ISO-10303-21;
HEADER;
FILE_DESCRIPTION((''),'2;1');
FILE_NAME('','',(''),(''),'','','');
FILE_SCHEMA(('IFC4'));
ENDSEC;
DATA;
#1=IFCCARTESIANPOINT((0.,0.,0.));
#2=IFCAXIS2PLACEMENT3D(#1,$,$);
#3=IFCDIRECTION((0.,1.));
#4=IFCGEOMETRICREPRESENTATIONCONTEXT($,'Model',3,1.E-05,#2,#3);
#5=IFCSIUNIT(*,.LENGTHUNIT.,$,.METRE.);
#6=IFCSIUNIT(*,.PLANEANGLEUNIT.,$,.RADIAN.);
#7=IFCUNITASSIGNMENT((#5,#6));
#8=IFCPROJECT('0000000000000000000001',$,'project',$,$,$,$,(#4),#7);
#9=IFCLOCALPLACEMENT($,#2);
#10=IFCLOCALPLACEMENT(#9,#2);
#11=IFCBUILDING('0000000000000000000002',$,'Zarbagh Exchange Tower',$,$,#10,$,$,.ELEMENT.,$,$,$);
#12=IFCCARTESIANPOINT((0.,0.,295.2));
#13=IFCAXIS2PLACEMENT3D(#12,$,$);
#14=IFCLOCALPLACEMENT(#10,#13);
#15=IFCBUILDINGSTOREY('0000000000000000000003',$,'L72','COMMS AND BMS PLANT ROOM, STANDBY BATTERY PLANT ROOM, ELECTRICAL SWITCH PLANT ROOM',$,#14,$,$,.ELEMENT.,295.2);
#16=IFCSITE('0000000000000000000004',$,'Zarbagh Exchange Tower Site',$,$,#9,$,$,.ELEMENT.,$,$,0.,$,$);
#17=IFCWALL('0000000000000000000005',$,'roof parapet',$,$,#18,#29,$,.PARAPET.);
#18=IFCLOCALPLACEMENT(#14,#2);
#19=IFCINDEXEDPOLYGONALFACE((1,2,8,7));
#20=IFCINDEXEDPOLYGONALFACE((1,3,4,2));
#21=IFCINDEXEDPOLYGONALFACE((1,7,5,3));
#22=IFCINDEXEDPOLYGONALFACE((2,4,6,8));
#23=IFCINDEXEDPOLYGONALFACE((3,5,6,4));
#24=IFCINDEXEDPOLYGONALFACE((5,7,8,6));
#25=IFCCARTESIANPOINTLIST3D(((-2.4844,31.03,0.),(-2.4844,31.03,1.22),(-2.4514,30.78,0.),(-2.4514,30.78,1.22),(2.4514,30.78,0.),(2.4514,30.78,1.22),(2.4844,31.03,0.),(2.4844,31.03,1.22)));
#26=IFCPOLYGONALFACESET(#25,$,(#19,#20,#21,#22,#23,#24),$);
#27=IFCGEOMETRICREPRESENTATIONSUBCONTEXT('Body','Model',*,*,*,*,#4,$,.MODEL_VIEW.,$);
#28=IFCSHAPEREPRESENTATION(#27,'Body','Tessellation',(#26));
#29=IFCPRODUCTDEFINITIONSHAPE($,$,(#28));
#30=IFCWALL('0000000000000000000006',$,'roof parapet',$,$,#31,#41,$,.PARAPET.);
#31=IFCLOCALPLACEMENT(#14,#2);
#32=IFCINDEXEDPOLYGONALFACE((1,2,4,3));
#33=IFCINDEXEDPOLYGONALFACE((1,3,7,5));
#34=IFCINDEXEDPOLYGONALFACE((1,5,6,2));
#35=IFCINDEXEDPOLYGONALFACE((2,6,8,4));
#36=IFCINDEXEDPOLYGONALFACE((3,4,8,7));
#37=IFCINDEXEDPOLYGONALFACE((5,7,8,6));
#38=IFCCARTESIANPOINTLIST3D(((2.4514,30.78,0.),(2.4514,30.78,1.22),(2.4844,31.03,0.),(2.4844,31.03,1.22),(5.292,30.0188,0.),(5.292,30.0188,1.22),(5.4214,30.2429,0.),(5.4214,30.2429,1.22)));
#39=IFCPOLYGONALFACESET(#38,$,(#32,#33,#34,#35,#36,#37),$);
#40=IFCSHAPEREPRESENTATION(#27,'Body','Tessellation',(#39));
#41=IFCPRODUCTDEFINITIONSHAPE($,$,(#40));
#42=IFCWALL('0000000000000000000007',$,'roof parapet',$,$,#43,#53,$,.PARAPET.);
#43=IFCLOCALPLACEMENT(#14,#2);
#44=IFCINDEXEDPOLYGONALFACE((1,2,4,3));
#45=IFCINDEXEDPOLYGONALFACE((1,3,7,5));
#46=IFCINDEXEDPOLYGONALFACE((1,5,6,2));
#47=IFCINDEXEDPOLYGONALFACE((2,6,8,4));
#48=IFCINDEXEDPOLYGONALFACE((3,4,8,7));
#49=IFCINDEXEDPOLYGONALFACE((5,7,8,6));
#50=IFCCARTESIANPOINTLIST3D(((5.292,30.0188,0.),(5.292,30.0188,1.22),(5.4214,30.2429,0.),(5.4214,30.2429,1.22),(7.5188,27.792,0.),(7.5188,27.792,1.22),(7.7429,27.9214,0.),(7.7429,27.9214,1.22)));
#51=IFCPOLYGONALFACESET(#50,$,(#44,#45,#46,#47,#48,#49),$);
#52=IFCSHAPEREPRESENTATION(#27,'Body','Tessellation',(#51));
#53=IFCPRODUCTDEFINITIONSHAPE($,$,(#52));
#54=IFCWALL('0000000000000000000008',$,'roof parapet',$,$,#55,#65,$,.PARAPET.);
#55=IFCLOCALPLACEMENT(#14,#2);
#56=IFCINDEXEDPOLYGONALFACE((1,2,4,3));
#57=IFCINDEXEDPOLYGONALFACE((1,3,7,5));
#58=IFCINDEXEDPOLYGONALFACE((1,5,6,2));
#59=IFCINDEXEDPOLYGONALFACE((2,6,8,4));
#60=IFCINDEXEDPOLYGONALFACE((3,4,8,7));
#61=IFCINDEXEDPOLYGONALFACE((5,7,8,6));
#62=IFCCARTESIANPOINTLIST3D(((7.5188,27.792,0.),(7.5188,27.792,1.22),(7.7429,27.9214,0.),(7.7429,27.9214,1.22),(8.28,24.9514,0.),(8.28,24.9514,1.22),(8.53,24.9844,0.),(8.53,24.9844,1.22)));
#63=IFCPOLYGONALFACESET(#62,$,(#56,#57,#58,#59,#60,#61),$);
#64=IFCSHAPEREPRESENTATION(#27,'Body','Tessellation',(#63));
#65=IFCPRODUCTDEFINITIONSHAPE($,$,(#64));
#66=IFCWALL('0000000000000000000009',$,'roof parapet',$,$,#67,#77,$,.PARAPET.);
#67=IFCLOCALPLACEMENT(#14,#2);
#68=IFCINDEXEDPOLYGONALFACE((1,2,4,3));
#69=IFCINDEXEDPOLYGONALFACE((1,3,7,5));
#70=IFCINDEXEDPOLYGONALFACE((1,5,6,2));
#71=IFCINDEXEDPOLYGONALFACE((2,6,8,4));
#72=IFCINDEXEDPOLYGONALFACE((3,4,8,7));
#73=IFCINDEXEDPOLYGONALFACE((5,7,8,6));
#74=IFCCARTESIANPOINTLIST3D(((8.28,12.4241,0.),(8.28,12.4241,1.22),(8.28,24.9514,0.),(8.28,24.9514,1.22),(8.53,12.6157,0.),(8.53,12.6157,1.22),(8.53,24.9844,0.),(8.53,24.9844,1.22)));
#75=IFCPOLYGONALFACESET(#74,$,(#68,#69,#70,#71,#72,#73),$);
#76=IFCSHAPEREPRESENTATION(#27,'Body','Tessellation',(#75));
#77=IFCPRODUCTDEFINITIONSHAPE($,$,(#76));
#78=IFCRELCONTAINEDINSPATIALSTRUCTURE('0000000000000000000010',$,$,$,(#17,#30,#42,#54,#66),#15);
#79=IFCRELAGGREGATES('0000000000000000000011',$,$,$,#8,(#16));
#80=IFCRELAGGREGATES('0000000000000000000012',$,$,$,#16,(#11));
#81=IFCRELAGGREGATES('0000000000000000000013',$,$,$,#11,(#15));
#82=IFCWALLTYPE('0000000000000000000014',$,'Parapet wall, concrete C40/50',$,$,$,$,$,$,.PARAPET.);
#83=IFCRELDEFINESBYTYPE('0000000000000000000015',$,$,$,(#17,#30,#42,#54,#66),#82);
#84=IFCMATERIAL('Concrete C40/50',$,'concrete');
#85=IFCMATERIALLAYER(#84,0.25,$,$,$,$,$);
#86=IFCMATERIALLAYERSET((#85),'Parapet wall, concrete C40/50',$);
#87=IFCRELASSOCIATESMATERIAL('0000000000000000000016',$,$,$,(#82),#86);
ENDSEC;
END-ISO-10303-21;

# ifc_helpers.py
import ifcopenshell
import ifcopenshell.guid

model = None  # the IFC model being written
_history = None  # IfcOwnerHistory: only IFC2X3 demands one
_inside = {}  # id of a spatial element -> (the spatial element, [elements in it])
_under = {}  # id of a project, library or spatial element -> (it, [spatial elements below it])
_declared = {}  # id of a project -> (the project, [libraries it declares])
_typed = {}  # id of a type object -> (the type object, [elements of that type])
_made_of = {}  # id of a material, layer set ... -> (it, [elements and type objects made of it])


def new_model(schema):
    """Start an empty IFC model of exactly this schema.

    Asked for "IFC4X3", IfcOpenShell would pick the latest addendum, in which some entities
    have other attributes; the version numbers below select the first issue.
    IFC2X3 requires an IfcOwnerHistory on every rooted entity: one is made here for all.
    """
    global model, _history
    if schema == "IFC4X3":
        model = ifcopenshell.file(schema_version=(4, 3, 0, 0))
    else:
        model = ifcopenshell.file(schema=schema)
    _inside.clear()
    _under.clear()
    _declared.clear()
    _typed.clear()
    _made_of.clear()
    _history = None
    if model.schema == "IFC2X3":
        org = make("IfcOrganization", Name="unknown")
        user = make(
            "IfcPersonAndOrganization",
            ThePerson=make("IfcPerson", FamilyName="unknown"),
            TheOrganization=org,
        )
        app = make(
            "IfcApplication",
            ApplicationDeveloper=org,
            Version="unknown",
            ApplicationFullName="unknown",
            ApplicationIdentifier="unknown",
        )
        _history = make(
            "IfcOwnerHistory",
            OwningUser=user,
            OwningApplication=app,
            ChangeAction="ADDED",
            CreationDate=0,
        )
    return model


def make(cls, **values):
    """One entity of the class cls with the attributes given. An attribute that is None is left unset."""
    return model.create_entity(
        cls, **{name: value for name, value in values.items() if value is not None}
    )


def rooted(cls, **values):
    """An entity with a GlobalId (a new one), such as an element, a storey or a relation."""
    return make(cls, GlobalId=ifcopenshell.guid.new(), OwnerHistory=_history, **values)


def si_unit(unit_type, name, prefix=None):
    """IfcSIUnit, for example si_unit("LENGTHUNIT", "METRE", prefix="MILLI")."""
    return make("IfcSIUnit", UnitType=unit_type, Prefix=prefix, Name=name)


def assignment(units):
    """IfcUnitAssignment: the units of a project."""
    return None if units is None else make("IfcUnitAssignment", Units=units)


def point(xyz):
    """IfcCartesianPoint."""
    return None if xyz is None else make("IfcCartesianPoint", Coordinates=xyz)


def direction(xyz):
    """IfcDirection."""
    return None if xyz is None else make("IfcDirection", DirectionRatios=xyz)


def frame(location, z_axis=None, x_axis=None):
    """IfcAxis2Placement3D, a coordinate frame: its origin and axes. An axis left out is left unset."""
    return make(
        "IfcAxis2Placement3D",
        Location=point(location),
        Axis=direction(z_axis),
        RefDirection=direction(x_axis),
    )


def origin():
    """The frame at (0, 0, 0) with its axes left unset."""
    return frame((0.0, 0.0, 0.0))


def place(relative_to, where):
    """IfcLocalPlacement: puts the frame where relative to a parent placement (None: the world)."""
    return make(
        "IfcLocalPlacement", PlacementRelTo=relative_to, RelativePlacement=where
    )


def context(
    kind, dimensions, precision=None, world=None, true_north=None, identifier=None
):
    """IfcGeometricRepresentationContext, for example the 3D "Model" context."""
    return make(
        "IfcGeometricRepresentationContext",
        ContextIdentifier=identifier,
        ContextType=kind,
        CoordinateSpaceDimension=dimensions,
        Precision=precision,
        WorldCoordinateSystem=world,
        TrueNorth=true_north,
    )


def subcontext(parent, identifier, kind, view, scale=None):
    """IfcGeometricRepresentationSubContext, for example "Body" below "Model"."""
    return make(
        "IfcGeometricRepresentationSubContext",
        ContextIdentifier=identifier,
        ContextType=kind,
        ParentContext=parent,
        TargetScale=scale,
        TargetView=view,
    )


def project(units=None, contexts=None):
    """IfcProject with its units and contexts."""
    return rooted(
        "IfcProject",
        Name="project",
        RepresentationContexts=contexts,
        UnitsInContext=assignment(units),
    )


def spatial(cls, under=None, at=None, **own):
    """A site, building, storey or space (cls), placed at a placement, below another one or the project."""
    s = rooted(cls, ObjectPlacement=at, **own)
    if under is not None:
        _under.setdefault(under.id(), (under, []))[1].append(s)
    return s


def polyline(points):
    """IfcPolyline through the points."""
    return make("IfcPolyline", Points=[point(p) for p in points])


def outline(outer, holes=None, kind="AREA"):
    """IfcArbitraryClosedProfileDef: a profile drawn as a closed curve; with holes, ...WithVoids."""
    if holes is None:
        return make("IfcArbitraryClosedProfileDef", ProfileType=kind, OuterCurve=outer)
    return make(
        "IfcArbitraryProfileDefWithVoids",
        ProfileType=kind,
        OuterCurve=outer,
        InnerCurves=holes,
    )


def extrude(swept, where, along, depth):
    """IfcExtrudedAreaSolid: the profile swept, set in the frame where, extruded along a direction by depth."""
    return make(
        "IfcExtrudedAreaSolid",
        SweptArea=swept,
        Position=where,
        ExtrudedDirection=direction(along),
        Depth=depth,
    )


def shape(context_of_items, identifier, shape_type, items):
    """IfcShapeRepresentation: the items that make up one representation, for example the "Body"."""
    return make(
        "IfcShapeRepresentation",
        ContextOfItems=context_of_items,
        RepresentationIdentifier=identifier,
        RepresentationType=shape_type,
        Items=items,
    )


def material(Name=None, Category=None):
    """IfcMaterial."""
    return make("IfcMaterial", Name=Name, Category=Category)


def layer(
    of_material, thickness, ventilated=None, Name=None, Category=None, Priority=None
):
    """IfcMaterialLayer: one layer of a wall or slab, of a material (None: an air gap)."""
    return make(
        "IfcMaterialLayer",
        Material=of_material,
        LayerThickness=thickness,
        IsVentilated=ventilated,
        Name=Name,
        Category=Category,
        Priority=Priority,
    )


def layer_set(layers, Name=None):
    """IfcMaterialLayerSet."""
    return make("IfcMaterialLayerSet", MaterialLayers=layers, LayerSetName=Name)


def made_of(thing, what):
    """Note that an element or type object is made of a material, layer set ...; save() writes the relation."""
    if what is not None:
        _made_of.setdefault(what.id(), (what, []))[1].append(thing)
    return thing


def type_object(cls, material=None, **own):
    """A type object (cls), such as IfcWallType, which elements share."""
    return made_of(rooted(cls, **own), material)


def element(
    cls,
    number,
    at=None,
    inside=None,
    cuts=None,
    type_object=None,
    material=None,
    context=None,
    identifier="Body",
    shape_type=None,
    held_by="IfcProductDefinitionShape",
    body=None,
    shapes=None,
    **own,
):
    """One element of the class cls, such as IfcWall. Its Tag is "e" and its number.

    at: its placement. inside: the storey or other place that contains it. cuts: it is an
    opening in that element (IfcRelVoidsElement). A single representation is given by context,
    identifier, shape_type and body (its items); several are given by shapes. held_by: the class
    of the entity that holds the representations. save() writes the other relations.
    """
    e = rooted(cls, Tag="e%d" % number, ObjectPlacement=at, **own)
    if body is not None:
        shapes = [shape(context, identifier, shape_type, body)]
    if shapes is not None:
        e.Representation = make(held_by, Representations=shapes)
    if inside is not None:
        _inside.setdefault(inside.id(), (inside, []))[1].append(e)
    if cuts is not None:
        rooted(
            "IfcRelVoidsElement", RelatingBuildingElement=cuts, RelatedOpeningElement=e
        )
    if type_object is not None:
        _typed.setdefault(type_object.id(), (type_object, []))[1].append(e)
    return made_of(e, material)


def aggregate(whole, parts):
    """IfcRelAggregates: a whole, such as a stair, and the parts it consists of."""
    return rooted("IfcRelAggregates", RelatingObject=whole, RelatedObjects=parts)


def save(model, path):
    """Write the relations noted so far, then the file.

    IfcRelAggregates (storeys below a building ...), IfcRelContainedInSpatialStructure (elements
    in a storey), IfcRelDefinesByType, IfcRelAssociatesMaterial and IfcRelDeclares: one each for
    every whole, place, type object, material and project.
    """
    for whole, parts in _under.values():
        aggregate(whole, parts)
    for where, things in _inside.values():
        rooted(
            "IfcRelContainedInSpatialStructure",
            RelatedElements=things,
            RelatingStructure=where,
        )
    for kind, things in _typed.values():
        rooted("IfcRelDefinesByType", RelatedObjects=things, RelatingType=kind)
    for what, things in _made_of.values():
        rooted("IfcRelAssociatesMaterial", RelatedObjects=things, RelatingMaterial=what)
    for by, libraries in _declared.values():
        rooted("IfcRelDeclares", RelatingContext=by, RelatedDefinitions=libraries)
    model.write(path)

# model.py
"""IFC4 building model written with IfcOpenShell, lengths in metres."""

from ifc_helpers import new_model, si_unit, direction, frame, origin, place, context, subcontext, project, spatial, polyline, outline, extrude, material, layer, layer_set, type_object, element, save


model = new_model("IFC4")

# Units and contexts
model_context = context("Model", 3, precision=1e-05, world=origin(), true_north=direction((0.0, 1.0)))
body_context = subcontext(model_context, "Body", "Model", "MODEL_VIEW")
ifc_project = project(units=[si_unit("LENGTHUNIT", "METRE"), si_unit("PLANEANGLEUNIT", "RADIAN")], contexts=[model_context])

# Site, building, storey
site_placement = place(None, origin())
site = spatial("IfcSite", under=ifc_project, at=site_placement, Name="Zarbagh Exchange Tower Site", CompositionType="ELEMENT", RefElevation=0.0)
building_placement = place(site_placement, origin())
building = spatial("IfcBuilding", under=site, at=building_placement, Name="Zarbagh Exchange Tower", CompositionType="ELEMENT")
storey_placement = place(building_placement, frame((0.0, 0.0, 295.2)))
storey = spatial("IfcBuildingStorey", under=building, at=storey_placement, Name="L72", Description="COMMS AND BMS PLANT ROOM, STANDBY BATTERY PLANT ROOM, ELECTRICAL SWITCH PLANT ROOM", CompositionType="ELEMENT", Elevation=295.2)

# Walls
ifc_material = material(Name="Concrete C40/50", Category="concrete")
ifc_layer = layer(ifc_material, 0.25)
ifc_layer_set = layer_set([ifc_layer], Name="Parapet wall, concrete C40/50")
wall_type = type_object("IfcWallType", Name="Parapet wall, concrete C40/50", PredefinedType="PARAPET", material=ifc_layer_set)
wall_1_placement = place(storey_placement, origin())
element("IfcWall", 1, at=wall_1_placement, inside=storey, type_object=wall_type, Name="roof parapet", PredefinedType="PARAPET", context=body_context, shape_type="SweptSolid", body=[
    extrude(outline(polyline([(-2.4844, 31.03), (2.4844, 31.03), (2.4514, 30.78), (-2.4514, 30.78), (-2.4844, 31.03)])), origin(), (0.0, 0.0, 1.0), 1.22),
])
wall_2_placement = place(storey_placement, origin())
element("IfcWall", 2, at=wall_2_placement, inside=storey, type_object=wall_type, Name="roof parapet", PredefinedType="PARAPET", context=body_context, shape_type="SweptSolid", body=[
    extrude(outline(polyline([(2.4844, 31.03), (5.4214, 30.2429), (5.292, 30.0188), (2.4514, 30.78), (2.4844, 31.03)])), origin(), (0.0, 0.0, 1.0), 1.22),
])
wall_3_placement = place(storey_placement, origin())
element("IfcWall", 3, at=wall_3_placement, inside=storey, type_object=wall_type, Name="roof parapet", PredefinedType="PARAPET", context=body_context, shape_type="SweptSolid", body=[
    extrude(outline(polyline([(5.4214, 30.2429), (7.7429, 27.9214), (7.5188, 27.792), (5.292, 30.0188), (5.4214, 30.2429)])), origin(), (0.0, 0.0, 1.0), 1.22),
])
wall_4_placement = place(storey_placement, origin())
element("IfcWall", 4, at=wall_4_placement, inside=storey, type_object=wall_type, Name="roof parapet", PredefinedType="PARAPET", context=body_context, shape_type="SweptSolid", body=[
    extrude(outline(polyline([(7.7429, 27.9214), (8.53, 24.9844), (8.28, 24.9514), (7.5188, 27.792), (7.7429, 27.9214)])), origin(), (0.0, 0.0, 1.0), 1.22),
])
wall_5_placement = place(storey_placement, origin())
element("IfcWall", 5, at=wall_5_placement, inside=storey, type_object=wall_type, Name="roof parapet", PredefinedType="PARAPET", context=body_context, shape_type="SweptSolid", body=[
    extrude(outline(polyline([(8.53, 24.9844), (8.53, 12.6157), (8.28, 12.4241), (8.28, 24.9514), (8.53, 24.9844)])), origin(), (0.0, 0.0, 1.0), 1.22),
])

save(model, "model.ifc")
